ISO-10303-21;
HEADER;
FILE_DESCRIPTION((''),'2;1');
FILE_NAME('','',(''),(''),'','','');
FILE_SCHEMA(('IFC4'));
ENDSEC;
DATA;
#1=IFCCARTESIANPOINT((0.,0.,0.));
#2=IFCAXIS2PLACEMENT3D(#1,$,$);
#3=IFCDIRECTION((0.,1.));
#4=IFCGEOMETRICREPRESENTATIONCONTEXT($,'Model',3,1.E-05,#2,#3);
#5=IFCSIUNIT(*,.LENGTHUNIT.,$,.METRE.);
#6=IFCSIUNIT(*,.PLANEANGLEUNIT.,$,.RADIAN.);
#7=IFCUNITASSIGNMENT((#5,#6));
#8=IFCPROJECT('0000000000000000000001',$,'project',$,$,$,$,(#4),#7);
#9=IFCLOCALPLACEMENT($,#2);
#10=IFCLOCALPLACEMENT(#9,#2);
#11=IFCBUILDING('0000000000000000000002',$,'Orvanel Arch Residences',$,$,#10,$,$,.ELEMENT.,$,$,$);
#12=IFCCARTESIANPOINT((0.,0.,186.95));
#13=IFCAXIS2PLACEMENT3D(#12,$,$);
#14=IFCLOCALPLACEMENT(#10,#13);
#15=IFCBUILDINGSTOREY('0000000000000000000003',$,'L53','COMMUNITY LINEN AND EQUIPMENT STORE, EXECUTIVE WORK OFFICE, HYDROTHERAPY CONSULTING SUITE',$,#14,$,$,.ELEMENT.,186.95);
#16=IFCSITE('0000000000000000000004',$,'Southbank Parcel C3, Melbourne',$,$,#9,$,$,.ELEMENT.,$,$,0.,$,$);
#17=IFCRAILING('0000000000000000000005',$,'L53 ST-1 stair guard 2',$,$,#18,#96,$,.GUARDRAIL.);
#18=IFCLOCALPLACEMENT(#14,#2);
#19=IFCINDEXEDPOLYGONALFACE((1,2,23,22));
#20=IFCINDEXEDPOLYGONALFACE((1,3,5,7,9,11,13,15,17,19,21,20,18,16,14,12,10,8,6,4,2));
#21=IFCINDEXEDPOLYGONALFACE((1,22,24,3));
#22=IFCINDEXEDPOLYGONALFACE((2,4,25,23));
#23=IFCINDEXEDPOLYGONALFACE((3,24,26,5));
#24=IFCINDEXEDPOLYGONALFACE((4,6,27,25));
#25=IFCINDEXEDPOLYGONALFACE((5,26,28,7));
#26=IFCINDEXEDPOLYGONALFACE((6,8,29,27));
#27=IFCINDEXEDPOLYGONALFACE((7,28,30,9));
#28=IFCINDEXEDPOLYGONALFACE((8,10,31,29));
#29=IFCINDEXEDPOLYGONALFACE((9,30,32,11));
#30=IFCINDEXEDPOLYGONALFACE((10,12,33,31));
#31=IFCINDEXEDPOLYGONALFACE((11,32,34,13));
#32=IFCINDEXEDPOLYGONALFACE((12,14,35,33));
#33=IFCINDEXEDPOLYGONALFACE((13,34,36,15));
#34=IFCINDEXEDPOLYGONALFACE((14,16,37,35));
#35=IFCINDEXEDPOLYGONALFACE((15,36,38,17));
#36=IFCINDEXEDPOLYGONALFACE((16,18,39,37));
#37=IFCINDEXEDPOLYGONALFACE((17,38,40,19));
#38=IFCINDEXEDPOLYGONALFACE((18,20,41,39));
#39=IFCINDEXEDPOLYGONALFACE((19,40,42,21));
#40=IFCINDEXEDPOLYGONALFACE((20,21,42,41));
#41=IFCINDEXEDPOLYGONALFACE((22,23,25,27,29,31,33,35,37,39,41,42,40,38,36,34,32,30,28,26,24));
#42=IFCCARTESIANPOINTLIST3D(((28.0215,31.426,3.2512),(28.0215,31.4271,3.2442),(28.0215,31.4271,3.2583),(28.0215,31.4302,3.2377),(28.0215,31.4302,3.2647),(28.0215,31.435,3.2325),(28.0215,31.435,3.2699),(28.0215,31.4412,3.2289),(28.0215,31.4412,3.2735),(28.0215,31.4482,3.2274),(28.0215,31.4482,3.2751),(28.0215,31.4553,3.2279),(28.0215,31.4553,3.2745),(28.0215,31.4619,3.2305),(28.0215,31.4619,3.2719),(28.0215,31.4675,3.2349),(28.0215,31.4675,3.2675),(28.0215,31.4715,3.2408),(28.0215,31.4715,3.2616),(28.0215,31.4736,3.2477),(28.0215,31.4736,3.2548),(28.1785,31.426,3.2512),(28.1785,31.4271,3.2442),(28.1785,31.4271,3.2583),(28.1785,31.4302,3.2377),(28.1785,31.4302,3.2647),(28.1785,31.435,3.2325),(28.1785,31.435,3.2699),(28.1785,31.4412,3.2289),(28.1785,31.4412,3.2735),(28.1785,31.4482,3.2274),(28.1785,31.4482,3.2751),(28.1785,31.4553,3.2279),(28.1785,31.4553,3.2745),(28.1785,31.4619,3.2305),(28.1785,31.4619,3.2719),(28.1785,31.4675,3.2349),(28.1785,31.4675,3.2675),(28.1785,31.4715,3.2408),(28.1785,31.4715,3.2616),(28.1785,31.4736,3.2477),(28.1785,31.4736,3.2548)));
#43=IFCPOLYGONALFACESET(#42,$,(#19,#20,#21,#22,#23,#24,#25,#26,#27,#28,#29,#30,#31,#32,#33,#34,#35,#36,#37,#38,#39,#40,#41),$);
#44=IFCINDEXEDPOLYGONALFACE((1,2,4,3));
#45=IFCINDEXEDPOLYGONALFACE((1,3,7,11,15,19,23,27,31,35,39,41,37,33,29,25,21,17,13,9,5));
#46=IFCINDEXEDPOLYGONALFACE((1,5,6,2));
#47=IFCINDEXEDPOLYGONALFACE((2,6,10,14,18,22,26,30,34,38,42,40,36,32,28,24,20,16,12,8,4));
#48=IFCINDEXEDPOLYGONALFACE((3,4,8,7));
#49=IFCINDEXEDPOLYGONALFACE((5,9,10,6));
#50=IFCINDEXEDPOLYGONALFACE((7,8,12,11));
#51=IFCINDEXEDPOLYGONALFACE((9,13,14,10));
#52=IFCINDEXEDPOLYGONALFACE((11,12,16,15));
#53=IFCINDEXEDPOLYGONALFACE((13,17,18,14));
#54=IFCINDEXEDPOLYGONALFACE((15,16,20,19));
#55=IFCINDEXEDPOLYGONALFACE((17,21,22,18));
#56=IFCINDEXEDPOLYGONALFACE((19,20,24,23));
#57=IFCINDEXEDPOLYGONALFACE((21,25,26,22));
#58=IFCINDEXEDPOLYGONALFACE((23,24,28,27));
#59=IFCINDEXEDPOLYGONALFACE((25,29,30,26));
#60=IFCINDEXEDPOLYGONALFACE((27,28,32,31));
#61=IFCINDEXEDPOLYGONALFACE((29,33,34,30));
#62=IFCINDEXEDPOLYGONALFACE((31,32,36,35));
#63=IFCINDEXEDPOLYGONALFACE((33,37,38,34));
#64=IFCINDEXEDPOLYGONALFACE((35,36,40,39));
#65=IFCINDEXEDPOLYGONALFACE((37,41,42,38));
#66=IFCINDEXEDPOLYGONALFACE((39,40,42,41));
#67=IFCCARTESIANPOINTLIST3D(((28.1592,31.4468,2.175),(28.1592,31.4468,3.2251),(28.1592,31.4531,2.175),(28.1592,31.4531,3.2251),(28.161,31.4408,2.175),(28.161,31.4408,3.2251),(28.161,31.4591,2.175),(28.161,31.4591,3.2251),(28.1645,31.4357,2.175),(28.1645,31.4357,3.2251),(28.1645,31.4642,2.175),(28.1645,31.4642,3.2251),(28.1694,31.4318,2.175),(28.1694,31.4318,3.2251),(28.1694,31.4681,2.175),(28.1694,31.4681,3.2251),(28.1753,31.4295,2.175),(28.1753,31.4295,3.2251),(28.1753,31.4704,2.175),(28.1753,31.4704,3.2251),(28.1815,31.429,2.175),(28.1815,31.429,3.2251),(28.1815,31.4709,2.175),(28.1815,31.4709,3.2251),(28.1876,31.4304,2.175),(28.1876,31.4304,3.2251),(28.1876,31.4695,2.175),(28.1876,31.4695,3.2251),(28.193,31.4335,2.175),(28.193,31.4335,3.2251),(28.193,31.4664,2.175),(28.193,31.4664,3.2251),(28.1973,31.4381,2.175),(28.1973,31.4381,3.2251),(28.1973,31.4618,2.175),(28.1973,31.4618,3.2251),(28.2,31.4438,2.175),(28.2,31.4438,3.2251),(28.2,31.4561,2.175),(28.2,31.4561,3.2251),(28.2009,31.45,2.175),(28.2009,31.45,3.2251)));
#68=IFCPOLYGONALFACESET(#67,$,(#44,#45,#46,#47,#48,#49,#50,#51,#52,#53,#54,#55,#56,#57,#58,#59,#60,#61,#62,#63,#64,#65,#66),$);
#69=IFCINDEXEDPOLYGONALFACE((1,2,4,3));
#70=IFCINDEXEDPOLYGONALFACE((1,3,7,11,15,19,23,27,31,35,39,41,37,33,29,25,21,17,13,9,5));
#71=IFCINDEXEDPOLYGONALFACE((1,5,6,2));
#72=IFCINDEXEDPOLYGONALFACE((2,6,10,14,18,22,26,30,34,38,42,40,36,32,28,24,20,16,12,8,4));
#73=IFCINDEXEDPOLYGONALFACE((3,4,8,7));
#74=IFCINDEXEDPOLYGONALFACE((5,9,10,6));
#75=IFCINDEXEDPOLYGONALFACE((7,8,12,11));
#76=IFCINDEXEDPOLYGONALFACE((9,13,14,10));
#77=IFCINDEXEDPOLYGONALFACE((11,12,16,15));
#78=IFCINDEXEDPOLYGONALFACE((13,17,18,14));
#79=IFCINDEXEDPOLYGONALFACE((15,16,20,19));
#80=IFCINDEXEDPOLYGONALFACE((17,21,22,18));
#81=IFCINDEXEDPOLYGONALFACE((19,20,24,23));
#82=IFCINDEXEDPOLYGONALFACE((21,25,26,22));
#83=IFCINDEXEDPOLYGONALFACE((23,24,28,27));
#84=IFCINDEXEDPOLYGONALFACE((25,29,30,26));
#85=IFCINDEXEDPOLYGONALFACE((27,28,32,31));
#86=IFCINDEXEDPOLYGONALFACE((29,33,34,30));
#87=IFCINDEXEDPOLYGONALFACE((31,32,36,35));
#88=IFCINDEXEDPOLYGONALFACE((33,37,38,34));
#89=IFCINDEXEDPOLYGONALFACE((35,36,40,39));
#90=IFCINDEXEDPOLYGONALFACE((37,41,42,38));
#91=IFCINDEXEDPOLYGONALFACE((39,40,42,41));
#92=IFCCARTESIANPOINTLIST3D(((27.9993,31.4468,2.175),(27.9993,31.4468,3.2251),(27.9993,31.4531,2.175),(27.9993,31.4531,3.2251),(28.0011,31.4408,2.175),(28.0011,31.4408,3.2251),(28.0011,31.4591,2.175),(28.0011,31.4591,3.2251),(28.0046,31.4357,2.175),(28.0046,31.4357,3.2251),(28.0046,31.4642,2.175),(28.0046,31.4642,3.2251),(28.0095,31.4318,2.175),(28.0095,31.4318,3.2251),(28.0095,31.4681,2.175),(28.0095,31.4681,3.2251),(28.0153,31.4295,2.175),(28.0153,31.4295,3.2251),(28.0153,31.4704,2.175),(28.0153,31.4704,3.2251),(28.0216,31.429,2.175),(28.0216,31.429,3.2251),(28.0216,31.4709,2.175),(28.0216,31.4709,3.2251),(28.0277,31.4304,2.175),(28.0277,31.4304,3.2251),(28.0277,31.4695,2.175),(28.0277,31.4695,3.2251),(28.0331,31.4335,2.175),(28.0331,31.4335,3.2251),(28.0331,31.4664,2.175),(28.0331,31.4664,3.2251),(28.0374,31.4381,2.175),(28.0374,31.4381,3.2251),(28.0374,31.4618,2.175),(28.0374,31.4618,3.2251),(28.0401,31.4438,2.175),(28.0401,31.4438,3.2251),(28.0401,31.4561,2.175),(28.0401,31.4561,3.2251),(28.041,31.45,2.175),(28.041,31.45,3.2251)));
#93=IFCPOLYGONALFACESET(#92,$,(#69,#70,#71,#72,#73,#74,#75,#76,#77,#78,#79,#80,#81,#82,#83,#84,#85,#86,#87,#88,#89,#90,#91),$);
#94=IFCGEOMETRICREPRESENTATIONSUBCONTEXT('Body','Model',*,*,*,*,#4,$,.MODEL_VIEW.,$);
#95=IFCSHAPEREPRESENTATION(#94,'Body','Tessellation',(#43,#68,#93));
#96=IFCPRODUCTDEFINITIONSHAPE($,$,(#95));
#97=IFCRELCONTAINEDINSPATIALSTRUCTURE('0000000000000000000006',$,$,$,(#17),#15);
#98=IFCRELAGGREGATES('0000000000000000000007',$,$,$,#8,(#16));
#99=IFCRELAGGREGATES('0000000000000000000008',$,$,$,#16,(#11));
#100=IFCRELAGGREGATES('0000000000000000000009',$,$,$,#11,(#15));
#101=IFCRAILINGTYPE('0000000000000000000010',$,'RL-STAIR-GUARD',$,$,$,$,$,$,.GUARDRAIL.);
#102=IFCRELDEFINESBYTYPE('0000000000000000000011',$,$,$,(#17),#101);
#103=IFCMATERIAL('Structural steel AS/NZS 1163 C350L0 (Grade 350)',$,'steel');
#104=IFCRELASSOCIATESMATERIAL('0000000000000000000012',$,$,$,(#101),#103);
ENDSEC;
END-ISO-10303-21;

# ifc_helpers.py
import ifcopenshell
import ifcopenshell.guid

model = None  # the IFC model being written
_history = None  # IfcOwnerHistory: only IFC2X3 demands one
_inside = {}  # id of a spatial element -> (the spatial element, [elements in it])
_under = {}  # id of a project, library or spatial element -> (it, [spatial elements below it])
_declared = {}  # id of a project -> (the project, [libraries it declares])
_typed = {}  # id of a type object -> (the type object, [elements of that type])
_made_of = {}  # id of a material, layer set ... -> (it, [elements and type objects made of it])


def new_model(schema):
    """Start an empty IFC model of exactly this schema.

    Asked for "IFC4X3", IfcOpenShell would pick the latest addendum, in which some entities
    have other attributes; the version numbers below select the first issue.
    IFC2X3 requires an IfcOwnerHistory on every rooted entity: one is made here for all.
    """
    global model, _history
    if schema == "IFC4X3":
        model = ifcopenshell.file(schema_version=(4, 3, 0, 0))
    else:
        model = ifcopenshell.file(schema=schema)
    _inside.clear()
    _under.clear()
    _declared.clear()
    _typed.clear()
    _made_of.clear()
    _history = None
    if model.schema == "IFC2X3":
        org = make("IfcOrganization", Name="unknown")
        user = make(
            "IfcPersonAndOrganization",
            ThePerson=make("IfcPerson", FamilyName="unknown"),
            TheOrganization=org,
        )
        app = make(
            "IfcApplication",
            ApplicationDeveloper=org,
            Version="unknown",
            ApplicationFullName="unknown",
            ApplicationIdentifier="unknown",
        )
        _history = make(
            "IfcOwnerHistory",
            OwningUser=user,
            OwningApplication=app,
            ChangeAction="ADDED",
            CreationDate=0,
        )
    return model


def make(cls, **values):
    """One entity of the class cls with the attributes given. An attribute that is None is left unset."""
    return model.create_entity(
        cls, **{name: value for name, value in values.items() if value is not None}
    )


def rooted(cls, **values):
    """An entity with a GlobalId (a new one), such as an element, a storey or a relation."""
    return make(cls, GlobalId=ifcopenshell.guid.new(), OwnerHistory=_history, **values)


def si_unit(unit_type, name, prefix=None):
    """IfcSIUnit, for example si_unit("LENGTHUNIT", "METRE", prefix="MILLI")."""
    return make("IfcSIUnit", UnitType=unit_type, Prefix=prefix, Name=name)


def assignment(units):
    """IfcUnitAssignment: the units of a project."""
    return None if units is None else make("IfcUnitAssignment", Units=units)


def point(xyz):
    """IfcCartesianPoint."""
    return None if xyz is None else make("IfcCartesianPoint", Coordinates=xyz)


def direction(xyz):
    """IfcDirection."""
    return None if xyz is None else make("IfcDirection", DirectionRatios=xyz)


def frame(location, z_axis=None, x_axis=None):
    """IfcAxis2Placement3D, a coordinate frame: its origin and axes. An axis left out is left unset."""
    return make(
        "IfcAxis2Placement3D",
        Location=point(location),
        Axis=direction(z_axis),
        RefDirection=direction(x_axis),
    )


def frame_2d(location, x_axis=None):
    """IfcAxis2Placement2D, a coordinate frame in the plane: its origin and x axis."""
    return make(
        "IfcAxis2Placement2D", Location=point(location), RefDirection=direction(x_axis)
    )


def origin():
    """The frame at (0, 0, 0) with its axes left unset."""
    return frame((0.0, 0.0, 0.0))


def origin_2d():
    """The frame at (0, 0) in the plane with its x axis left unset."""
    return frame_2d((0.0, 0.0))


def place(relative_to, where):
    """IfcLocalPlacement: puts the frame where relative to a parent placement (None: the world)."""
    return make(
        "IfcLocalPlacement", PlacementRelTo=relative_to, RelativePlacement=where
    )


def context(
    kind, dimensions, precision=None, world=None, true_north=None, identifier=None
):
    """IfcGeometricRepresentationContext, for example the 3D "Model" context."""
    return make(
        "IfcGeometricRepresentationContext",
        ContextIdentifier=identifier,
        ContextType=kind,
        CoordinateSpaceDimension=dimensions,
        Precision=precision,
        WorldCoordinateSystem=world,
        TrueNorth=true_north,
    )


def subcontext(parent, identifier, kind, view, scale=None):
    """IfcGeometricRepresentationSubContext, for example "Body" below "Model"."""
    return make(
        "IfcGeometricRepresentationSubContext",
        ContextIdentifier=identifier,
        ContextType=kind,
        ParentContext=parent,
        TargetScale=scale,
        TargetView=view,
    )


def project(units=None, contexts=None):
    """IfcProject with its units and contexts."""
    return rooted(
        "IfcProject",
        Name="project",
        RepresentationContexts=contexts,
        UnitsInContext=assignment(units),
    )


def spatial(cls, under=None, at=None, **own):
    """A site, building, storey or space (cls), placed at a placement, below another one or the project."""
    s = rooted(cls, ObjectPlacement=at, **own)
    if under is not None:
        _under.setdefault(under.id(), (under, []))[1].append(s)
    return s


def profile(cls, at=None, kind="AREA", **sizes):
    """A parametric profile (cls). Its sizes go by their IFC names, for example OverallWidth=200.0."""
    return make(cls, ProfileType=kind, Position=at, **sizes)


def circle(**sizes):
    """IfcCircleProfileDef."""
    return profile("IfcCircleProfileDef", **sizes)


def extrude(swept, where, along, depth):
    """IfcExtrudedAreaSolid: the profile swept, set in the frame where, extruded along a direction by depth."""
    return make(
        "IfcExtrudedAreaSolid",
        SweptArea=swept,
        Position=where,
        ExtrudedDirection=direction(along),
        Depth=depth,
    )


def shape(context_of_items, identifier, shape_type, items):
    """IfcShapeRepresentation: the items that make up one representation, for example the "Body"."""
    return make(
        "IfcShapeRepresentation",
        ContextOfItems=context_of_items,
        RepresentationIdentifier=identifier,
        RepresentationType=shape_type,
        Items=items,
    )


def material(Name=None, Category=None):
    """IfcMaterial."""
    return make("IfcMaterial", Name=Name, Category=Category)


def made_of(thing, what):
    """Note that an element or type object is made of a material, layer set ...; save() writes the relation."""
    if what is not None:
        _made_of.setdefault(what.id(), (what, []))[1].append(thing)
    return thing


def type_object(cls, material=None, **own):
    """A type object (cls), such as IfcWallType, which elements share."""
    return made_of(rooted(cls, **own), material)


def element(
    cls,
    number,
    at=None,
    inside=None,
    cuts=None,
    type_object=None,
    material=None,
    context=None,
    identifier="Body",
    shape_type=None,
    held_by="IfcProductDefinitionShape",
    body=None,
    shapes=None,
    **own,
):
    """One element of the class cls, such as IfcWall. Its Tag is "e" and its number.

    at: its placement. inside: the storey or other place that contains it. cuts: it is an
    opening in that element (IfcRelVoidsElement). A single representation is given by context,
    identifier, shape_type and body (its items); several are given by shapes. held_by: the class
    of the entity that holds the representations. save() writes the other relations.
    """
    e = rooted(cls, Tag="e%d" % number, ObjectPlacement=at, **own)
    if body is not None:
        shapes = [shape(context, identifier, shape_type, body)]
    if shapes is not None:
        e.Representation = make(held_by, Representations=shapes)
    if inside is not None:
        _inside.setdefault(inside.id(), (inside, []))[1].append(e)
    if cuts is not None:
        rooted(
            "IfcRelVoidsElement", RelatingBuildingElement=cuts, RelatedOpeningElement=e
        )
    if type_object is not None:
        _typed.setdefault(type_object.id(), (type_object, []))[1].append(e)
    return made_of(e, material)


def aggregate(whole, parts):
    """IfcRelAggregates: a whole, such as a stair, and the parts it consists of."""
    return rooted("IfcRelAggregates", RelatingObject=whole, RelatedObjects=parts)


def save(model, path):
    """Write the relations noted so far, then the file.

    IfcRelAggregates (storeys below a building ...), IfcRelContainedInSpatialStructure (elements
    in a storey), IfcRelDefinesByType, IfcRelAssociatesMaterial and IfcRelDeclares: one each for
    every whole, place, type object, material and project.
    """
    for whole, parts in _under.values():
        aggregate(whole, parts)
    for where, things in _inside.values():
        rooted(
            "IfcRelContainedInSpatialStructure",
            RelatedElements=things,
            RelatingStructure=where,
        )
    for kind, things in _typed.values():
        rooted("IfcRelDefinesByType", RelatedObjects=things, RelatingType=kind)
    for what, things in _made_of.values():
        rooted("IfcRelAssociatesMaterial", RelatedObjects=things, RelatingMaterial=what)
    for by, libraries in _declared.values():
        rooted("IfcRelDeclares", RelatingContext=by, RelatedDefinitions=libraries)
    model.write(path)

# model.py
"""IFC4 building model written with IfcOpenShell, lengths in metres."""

from ifc_helpers import new_model, si_unit, direction, frame, origin, origin_2d, place, context, subcontext, project, spatial, circle, extrude, material, type_object, element, save


model = new_model("IFC4")

# Units and contexts
model_context = context("Model", 3, precision=1e-05, world=origin(), true_north=direction((0.0, 1.0)))
body_context = subcontext(model_context, "Body", "Model", "MODEL_VIEW")
ifc_project = project(units=[si_unit("LENGTHUNIT", "METRE"), si_unit("PLANEANGLEUNIT", "RADIAN")], contexts=[model_context])

# Site, building, storey
site_placement = place(None, origin())
site = spatial("IfcSite", under=ifc_project, at=site_placement, Name="Southbank Parcel C3, Melbourne", CompositionType="ELEMENT", RefElevation=0.0)
building_placement = place(site_placement, origin())
building = spatial("IfcBuilding", under=site, at=building_placement, Name="Orvanel Arch Residences", CompositionType="ELEMENT")
storey_placement = place(building_placement, frame((0.0, 0.0, 186.95)))
storey = spatial("IfcBuildingStorey", under=building, at=storey_placement, Name="L53", Description="COMMUNITY LINEN AND EQUIPMENT STORE, EXECUTIVE WORK OFFICE, HYDROTHERAPY CONSULTING SUITE", CompositionType="ELEMENT", Elevation=186.95)

# Railing
ifc_material_1 = material(Name="Structural steel AS/NZS 1163 C350L0 (Grade 350)", Category="steel")
railing_type_1 = type_object("IfcRailingType", Name="RL-STAIR-GUARD", PredefinedType="GUARDRAIL", material=ifc_material_1)
railing_1_placement = place(storey_placement, frame((28.1799, 31.45, 2.175)))
element("IfcRailing", 1, at=railing_1_placement, inside=storey, type_object=railing_type_1, Name="L53 ST-1 stair guard 2", PredefinedType="GUARDRAIL", context=body_context, shape_type="SweptSolid", body=[
    extrude(circle(Radius=0.0239, at=origin_2d()), frame((-0.0015, 0.0, 1.0762), z_axis=(-1.0, 0.0, 0.0), x_axis=(0.0, -1.0, 0.0)), (0.0, 0.0, 1.0), 0.157),
    extrude(circle(Radius=0.021, at=origin_2d()), origin(), (0.0, 0.0, 1.0), 1.05),
    extrude(circle(Radius=0.021, at=origin_2d()), frame((-0.1599, 0.0, 0.0)), (0.0, 0.0, 1.0), 1.05),
])

save(model, "model.ifc")
